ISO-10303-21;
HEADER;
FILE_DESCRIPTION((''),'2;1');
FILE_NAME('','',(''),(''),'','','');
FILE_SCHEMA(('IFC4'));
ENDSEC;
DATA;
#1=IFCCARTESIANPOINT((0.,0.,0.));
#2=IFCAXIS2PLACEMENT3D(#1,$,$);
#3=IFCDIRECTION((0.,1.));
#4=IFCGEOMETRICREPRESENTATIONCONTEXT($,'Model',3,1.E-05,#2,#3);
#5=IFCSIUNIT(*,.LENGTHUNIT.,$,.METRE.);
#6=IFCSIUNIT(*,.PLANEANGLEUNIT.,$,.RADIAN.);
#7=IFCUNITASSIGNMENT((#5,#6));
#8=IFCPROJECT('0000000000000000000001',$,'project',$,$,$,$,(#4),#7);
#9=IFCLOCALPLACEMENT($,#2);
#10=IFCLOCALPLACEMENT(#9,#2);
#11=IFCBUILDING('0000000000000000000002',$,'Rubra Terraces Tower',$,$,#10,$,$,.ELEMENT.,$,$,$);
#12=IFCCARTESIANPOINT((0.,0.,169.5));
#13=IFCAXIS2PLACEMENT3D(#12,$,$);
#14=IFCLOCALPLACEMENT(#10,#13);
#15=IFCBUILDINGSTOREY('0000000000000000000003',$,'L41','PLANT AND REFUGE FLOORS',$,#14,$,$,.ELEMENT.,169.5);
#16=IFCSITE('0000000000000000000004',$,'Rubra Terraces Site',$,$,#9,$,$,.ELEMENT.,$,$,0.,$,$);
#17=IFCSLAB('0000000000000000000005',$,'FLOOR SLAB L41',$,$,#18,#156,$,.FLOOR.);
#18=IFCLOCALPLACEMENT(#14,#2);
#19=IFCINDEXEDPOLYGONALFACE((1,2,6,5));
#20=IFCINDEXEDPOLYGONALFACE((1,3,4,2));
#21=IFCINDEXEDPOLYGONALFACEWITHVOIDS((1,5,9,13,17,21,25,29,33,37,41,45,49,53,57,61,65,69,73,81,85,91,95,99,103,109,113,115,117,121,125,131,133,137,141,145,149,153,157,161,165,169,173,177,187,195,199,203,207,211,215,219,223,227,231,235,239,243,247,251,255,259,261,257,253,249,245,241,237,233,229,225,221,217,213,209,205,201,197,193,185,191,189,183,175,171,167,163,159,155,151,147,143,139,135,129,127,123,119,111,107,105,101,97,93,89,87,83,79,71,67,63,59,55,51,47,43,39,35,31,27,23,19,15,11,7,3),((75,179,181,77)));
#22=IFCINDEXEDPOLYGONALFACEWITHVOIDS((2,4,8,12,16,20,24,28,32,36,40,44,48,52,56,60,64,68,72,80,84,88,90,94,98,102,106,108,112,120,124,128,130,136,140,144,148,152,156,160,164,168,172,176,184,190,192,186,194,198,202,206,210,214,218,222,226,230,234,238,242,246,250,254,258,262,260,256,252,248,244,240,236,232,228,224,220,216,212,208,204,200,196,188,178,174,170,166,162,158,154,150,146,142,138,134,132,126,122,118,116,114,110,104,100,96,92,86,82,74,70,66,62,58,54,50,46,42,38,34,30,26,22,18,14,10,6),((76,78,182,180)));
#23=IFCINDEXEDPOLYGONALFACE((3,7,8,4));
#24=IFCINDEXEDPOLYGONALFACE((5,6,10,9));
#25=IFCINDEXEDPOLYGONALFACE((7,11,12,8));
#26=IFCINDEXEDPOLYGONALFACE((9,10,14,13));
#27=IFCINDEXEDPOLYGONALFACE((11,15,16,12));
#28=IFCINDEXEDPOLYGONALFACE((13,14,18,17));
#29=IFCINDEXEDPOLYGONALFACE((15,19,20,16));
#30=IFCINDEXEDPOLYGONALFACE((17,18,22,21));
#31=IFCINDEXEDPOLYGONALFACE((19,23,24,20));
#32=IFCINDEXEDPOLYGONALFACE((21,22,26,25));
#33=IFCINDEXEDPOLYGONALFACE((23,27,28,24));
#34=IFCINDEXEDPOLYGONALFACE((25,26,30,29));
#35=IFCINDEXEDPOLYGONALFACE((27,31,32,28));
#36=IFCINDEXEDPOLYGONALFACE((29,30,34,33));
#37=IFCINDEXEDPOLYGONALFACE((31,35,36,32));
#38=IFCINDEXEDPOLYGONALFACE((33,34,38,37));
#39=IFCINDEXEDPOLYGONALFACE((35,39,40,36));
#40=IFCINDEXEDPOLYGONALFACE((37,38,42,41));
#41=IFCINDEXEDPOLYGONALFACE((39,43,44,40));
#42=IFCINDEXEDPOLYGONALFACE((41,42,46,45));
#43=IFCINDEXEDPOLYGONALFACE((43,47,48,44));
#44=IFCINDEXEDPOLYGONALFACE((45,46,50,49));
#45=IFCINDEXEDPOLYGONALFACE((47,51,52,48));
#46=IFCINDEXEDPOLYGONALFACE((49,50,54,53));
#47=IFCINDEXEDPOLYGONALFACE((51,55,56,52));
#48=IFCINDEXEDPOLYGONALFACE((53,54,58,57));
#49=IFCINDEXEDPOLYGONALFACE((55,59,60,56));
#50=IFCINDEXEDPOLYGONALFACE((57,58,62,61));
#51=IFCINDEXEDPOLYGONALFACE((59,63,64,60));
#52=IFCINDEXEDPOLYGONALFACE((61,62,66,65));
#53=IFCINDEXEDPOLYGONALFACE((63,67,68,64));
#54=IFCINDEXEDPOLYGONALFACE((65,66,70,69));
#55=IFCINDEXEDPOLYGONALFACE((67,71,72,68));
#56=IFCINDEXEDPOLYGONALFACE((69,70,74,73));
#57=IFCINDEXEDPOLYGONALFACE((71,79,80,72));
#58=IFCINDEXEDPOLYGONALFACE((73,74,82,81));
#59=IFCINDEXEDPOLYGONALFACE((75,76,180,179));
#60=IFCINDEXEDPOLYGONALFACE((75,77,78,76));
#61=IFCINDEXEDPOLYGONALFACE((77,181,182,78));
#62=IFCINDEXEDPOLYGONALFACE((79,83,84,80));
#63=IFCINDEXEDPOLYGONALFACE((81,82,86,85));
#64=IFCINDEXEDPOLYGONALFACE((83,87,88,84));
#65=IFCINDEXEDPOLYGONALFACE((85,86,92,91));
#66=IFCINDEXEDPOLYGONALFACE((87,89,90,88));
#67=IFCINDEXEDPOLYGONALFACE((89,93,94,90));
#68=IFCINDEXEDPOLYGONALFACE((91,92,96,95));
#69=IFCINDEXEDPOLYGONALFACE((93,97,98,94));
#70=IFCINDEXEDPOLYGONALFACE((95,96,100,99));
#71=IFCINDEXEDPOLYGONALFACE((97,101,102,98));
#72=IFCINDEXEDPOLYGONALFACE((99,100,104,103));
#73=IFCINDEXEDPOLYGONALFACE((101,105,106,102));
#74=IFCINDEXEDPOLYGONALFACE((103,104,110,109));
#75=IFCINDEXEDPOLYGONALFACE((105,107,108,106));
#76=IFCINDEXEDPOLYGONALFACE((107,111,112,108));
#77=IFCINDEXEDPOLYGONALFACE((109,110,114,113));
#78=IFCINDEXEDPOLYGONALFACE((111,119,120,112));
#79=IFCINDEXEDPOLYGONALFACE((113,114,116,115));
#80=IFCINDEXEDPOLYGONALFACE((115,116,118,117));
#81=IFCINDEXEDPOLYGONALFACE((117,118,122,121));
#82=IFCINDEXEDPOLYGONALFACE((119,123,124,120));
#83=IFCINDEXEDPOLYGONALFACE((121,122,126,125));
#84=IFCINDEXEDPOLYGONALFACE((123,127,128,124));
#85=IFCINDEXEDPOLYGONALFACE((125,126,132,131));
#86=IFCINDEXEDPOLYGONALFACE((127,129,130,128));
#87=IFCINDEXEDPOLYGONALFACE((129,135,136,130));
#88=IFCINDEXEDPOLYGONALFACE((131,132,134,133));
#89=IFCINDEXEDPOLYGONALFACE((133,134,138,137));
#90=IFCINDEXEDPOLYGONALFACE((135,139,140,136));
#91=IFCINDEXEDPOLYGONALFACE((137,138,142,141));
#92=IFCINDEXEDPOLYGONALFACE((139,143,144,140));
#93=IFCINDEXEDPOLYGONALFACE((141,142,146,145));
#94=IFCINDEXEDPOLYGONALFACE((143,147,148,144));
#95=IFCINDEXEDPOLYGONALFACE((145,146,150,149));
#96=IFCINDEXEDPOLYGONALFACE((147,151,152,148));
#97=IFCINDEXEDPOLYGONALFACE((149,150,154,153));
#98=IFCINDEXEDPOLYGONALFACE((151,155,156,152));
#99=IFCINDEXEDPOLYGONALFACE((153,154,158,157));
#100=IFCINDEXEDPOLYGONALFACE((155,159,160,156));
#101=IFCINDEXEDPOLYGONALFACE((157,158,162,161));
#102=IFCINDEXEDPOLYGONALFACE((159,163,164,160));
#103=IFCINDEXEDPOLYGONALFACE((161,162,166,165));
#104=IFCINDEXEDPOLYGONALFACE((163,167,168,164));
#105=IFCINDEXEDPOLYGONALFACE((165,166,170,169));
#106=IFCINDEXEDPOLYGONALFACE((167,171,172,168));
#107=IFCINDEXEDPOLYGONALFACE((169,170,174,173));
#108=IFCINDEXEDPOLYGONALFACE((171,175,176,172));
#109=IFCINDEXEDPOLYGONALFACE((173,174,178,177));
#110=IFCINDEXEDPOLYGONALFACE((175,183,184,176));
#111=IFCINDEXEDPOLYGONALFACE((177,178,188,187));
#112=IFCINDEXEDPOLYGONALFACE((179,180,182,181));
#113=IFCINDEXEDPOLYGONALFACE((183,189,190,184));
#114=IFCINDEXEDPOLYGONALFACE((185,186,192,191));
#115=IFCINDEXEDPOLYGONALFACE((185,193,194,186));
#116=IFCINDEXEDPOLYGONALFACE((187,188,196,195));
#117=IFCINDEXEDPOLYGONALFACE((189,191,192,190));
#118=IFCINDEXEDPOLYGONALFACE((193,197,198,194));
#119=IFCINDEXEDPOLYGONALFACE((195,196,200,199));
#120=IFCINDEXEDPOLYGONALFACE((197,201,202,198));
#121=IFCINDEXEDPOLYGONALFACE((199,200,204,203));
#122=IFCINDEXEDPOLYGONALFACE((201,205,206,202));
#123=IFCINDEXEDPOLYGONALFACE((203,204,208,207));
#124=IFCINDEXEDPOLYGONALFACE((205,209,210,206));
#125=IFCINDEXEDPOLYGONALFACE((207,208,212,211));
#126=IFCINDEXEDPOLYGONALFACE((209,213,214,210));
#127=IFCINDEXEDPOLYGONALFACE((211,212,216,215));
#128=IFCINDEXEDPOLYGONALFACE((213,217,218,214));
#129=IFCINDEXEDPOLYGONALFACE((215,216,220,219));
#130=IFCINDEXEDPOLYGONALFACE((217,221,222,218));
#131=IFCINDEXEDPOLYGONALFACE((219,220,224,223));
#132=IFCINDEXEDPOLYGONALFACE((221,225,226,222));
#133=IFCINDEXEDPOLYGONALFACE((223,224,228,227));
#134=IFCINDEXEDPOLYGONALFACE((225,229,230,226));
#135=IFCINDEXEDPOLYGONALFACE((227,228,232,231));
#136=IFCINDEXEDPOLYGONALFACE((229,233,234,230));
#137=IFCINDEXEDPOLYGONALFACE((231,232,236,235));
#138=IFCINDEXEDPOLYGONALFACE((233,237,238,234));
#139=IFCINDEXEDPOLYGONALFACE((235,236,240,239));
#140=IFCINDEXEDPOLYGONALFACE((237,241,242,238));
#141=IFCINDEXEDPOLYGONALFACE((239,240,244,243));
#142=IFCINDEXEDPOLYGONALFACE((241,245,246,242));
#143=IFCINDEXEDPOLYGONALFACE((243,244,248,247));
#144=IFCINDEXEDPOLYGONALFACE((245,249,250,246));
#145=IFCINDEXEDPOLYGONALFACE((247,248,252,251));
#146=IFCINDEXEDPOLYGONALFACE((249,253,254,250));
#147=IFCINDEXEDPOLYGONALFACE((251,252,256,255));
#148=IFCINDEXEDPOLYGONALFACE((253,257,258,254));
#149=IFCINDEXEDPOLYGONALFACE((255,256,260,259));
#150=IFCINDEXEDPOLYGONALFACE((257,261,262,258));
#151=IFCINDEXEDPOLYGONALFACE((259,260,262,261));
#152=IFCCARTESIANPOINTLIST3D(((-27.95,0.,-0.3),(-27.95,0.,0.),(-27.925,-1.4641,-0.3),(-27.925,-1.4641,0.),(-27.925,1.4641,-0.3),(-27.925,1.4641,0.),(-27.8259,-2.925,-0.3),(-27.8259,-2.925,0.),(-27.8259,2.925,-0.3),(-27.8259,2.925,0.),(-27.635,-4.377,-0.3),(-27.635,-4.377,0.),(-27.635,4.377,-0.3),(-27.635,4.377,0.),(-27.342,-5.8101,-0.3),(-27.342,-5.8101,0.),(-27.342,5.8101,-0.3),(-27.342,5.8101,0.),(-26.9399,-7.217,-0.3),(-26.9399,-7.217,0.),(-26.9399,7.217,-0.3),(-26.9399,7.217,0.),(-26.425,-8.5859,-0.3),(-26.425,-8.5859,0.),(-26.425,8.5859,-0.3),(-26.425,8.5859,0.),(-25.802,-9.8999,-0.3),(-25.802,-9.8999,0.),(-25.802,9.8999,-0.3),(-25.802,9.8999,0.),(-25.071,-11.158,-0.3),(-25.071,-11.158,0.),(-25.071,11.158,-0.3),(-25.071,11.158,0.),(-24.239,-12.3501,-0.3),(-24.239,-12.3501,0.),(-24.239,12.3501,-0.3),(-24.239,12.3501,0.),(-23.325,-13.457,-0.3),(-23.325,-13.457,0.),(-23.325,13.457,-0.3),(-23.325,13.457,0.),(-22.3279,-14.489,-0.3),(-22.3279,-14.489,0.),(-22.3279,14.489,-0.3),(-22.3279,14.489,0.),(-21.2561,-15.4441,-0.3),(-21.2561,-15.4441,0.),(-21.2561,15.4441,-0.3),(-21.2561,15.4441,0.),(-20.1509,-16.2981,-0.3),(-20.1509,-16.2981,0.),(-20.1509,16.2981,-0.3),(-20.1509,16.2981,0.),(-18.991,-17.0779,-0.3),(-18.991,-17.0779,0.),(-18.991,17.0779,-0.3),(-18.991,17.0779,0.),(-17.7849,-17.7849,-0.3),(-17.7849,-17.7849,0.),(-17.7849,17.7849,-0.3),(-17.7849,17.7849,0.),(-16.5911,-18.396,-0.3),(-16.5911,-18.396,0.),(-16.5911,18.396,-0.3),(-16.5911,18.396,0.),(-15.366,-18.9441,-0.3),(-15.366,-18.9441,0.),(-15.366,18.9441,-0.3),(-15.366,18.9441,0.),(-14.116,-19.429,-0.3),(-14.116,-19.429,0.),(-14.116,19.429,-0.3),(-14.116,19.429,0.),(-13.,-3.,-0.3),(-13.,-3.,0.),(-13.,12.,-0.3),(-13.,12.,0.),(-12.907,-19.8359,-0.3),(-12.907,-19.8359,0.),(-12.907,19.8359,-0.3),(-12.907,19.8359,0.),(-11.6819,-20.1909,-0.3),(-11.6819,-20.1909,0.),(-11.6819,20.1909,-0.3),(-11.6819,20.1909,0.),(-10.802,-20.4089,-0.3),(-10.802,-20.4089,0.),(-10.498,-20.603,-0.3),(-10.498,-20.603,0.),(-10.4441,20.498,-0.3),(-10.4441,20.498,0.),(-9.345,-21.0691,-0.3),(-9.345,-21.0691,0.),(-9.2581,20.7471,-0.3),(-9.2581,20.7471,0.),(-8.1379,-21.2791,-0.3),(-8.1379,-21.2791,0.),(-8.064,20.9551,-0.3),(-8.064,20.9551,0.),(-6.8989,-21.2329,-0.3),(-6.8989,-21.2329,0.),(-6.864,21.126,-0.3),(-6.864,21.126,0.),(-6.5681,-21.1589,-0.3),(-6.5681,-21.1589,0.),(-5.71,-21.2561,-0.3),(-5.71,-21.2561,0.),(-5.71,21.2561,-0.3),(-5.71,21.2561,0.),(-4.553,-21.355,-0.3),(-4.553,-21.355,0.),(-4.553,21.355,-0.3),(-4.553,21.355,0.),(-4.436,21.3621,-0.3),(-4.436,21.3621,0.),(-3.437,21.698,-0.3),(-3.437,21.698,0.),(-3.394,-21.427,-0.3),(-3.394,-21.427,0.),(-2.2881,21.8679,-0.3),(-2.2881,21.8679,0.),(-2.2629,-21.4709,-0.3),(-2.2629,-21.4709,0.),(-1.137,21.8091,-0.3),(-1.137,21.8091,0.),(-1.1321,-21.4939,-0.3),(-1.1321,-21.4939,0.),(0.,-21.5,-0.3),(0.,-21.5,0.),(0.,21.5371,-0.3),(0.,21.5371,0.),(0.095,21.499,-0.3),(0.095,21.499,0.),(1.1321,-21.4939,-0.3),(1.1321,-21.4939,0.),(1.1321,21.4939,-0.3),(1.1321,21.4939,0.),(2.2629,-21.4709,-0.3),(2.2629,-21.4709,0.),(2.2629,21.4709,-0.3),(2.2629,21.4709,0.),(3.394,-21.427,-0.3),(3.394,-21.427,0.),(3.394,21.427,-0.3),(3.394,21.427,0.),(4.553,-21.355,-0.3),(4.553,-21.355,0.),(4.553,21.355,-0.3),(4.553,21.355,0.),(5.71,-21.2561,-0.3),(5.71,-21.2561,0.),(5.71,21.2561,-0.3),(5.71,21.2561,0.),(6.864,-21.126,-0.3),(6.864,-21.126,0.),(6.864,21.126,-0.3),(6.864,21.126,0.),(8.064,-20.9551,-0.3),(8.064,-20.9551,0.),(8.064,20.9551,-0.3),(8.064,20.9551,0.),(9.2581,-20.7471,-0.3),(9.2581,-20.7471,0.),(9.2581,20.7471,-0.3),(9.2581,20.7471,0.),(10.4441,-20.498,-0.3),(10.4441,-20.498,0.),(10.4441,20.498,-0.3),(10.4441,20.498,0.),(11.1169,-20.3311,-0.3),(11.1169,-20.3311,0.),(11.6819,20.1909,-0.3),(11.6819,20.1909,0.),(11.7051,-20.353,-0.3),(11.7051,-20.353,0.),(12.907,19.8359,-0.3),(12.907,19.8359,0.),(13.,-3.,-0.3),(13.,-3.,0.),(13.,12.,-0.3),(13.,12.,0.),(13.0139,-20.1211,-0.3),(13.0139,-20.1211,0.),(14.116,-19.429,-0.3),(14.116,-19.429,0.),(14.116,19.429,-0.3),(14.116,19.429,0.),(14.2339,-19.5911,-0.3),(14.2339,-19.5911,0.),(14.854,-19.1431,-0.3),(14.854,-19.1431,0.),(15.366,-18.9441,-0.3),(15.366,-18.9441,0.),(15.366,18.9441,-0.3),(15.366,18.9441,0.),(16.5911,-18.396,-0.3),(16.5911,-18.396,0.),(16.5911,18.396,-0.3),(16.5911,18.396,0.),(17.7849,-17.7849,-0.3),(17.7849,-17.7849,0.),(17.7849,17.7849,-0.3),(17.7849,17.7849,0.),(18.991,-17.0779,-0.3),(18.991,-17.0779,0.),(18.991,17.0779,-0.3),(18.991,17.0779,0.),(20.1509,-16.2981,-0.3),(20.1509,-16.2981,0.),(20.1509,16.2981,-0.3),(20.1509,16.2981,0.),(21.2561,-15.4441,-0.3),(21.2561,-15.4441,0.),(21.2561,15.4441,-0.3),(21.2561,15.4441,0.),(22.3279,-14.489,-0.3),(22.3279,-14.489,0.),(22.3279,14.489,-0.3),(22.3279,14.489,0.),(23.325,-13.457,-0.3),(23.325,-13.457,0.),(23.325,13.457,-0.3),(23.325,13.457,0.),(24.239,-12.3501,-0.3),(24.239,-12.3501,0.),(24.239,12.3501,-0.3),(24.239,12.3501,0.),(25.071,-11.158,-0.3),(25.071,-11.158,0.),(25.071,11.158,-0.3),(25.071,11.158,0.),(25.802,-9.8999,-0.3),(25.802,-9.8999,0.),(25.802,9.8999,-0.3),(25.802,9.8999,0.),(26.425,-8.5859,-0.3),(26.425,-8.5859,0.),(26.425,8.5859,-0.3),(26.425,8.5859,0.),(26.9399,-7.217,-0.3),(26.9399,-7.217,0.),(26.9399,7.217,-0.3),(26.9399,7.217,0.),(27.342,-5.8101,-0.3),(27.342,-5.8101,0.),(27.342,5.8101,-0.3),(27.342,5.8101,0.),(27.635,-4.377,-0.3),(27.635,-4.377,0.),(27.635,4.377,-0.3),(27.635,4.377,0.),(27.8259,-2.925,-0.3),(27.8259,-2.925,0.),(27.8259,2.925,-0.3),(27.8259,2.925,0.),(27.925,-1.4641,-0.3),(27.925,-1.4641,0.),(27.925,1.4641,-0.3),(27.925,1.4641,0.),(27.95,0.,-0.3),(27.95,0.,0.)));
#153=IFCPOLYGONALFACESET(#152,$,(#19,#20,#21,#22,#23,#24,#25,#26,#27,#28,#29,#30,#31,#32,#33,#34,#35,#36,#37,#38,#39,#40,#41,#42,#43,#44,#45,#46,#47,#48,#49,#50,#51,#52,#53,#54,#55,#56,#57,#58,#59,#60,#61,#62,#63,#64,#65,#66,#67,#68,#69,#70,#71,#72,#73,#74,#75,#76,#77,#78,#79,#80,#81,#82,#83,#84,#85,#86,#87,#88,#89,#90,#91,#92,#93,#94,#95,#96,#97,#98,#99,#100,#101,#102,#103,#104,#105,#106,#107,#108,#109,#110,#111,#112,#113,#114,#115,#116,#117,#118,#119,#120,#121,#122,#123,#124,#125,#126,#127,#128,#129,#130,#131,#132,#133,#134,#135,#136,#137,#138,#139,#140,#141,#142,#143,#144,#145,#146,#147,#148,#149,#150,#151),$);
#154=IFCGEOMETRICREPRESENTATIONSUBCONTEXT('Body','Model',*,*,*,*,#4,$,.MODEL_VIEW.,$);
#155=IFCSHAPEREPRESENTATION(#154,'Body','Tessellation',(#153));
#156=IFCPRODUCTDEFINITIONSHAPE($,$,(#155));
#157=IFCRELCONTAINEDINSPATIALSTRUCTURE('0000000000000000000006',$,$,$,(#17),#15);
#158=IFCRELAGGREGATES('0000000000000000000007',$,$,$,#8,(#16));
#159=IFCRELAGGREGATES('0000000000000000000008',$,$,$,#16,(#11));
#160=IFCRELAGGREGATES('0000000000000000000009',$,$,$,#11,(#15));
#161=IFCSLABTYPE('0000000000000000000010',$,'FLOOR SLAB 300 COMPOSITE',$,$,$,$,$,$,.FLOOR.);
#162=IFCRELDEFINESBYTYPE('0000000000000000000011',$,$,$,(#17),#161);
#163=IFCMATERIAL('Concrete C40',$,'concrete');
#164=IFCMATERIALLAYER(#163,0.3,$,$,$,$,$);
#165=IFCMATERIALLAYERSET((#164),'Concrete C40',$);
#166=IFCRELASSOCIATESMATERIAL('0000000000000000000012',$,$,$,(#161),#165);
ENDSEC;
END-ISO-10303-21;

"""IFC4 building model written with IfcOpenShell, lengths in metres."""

from ifc_helpers import new_model, si_unit, direction, frame, origin, place, context, subcontext, project, spatial, polyline, outline, extrude, material, layer, layer_set, type_object, element, save


model = new_model("IFC4")

# Units and contexts
model_context = context("Model", 3, precision=1e-05, world=origin(), true_north=direction((0.0, 1.0)))
body_context = subcontext(model_context, "Body", "Model", "MODEL_VIEW")
ifc_project = project(units=[si_unit("LENGTHUNIT", "METRE"), si_unit("PLANEANGLEUNIT", "RADIAN")], contexts=[model_context])

# Site, building, storey
site_placement = place(None, origin())
site = spatial("IfcSite", under=ifc_project, at=site_placement, Name="Rubra Terraces Site", CompositionType="ELEMENT", RefElevation=0.0)
building_placement = place(site_placement, origin())
building = spatial("IfcBuilding", under=site, at=building_placement, Name="Rubra Terraces Tower", CompositionType="ELEMENT")
storey_placement = place(building_placement, frame((0.0, 0.0, 169.5)))
storey = spatial("IfcBuildingStorey", under=building, at=storey_placement, Name="L41", Description="PLANT AND REFUGE FLOORS", CompositionType="ELEMENT", Elevation=169.5)

# Shared definitions
ifc_material_1 = material(Name="Concrete C40", Category="concrete")

# Slab
ifc_layer_1 = layer(ifc_material_1, 0.3)
ifc_layer_set_1 = layer_set([ifc_layer_1], Name="Concrete C40")
slab_type_1 = type_object("IfcSlabType", Name="FLOOR SLAB 300 COMPOSITE", PredefinedType="FLOOR", material=ifc_layer_set_1)
slab_1_placement = place(storey_placement, frame((0.0, 0.0, -0.3)))
element("IfcSlab", 1, at=slab_1_placement, inside=storey, type_object=slab_type_1, Name="FLOOR SLAB L41", PredefinedType="FLOOR", context=body_context, shape_type="SweptSolid", body=[
    extrude(outline(polyline([(-6.8989, -21.2329), (-6.5681, -21.1589), (-5.71, -21.2561), (-4.553, -21.355), (-3.394, -21.427), (-2.2629, -21.4709), (-1.1321, -21.4939), (0.0, -21.5), (1.1321, -21.4939), (2.2629, -21.4709), (3.394, -21.427), (4.553, -21.355), (5.71, -21.2561), (6.864, -21.126), (8.064, -20.9551), (9.2581, -20.7471), (10.4441, -20.498), (11.1169, -20.3311), (11.7051, -20.353), (13.0139, -20.1211), (14.2339, -19.5911), (14.854, -19.1431), (14.116, -19.429), (15.366, -18.9441), (16.5911, -18.396), (17.7849, -17.7849), (18.991, -17.0779), (20.1509, -16.2981), (21.2561, -15.4441), (22.3279, -14.489), (23.325, -13.457), (24.239, -12.3501), (25.071, -11.158), (25.802, -9.8999), (26.425, -8.5859), (26.9399, -7.217), (27.342, -5.8101), (27.635, -4.377), (27.8259, -2.925), (27.925, -1.4641), (27.95, 0.0), (27.925, 1.4641), (27.8259, 2.925), (27.635, 4.377), (27.342, 5.8101), (26.9399, 7.217), (26.425, 8.5859), (25.802, 9.8999), (25.071, 11.158), (24.239, 12.3501), (23.325, 13.457), (22.3279, 14.489), (21.2561, 15.4441), (20.1509, 16.2981), (18.991, 17.0779), (17.7849, 17.7849), (16.5911, 18.396), (15.366, 18.9441), (14.116, 19.429), (12.907, 19.8359), (11.6819, 20.1909), (10.4441, 20.498), (9.2581, 20.7471), (8.064, 20.9551), (6.864, 21.126), (5.71, 21.2561), (4.553, 21.355), (3.394, 21.427), (2.2629, 21.4709), (1.1321, 21.4939), (0.095, 21.499), (0.0, 21.5371), (-1.137, 21.8091), (-2.2881, 21.8679), (-3.437, 21.698), (-4.436, 21.3621), (-4.553, 21.355), (-5.71, 21.2561), (-6.864, 21.126), (-8.064, 20.9551), (-9.2581, 20.7471), (-10.4441, 20.498), (-11.6819, 20.1909), (-12.907, 19.8359), (-14.116, 19.429), (-15.366, 18.9441), (-16.5911, 18.396), (-17.7849, 17.7849), (-18.991, 17.0779), (-20.1509, 16.2981), (-21.2561, 15.4441), (-22.3279, 14.489), (-23.325, 13.457), (-24.239, 12.3501), (-25.071, 11.158), (-25.802, 9.8999), (-26.425, 8.5859), (-26.9399, 7.217), (-27.342, 5.8101), (-27.635, 4.377), (-27.8259, 2.925), (-27.925, 1.4641), (-27.95, 0.0), (-27.925, -1.4641), (-27.8259, -2.925), (-27.635, -4.377), (-27.342, -5.8101), (-26.9399, -7.217), (-26.425, -8.5859), (-25.802, -9.8999), (-25.071, -11.158), (-24.239, -12.3501), (-23.325, -13.457), (-22.3279, -14.489), (-21.2561, -15.4441), (-20.1509, -16.2981), (-18.991, -17.0779), (-17.7849, -17.7849), (-16.5911, -18.396), (-15.366, -18.9441), (-14.116, -19.429), (-12.907, -19.8359), (-11.6819, -20.1909), (-10.802, -20.4089), (-10.498, -20.603), (-9.345, -21.0691), (-8.1379, -21.2791), (-6.8989, -21.2329)]), holes=[polyline([(13.0, 12.0), (13.0, -3.0), (-13.0, -3.0), (-13.0, 12.0), (13.0, 12.0)])]), origin(), (0.0, 0.0, 1.0), 0.3),
])

save(model, "model.ifc")
